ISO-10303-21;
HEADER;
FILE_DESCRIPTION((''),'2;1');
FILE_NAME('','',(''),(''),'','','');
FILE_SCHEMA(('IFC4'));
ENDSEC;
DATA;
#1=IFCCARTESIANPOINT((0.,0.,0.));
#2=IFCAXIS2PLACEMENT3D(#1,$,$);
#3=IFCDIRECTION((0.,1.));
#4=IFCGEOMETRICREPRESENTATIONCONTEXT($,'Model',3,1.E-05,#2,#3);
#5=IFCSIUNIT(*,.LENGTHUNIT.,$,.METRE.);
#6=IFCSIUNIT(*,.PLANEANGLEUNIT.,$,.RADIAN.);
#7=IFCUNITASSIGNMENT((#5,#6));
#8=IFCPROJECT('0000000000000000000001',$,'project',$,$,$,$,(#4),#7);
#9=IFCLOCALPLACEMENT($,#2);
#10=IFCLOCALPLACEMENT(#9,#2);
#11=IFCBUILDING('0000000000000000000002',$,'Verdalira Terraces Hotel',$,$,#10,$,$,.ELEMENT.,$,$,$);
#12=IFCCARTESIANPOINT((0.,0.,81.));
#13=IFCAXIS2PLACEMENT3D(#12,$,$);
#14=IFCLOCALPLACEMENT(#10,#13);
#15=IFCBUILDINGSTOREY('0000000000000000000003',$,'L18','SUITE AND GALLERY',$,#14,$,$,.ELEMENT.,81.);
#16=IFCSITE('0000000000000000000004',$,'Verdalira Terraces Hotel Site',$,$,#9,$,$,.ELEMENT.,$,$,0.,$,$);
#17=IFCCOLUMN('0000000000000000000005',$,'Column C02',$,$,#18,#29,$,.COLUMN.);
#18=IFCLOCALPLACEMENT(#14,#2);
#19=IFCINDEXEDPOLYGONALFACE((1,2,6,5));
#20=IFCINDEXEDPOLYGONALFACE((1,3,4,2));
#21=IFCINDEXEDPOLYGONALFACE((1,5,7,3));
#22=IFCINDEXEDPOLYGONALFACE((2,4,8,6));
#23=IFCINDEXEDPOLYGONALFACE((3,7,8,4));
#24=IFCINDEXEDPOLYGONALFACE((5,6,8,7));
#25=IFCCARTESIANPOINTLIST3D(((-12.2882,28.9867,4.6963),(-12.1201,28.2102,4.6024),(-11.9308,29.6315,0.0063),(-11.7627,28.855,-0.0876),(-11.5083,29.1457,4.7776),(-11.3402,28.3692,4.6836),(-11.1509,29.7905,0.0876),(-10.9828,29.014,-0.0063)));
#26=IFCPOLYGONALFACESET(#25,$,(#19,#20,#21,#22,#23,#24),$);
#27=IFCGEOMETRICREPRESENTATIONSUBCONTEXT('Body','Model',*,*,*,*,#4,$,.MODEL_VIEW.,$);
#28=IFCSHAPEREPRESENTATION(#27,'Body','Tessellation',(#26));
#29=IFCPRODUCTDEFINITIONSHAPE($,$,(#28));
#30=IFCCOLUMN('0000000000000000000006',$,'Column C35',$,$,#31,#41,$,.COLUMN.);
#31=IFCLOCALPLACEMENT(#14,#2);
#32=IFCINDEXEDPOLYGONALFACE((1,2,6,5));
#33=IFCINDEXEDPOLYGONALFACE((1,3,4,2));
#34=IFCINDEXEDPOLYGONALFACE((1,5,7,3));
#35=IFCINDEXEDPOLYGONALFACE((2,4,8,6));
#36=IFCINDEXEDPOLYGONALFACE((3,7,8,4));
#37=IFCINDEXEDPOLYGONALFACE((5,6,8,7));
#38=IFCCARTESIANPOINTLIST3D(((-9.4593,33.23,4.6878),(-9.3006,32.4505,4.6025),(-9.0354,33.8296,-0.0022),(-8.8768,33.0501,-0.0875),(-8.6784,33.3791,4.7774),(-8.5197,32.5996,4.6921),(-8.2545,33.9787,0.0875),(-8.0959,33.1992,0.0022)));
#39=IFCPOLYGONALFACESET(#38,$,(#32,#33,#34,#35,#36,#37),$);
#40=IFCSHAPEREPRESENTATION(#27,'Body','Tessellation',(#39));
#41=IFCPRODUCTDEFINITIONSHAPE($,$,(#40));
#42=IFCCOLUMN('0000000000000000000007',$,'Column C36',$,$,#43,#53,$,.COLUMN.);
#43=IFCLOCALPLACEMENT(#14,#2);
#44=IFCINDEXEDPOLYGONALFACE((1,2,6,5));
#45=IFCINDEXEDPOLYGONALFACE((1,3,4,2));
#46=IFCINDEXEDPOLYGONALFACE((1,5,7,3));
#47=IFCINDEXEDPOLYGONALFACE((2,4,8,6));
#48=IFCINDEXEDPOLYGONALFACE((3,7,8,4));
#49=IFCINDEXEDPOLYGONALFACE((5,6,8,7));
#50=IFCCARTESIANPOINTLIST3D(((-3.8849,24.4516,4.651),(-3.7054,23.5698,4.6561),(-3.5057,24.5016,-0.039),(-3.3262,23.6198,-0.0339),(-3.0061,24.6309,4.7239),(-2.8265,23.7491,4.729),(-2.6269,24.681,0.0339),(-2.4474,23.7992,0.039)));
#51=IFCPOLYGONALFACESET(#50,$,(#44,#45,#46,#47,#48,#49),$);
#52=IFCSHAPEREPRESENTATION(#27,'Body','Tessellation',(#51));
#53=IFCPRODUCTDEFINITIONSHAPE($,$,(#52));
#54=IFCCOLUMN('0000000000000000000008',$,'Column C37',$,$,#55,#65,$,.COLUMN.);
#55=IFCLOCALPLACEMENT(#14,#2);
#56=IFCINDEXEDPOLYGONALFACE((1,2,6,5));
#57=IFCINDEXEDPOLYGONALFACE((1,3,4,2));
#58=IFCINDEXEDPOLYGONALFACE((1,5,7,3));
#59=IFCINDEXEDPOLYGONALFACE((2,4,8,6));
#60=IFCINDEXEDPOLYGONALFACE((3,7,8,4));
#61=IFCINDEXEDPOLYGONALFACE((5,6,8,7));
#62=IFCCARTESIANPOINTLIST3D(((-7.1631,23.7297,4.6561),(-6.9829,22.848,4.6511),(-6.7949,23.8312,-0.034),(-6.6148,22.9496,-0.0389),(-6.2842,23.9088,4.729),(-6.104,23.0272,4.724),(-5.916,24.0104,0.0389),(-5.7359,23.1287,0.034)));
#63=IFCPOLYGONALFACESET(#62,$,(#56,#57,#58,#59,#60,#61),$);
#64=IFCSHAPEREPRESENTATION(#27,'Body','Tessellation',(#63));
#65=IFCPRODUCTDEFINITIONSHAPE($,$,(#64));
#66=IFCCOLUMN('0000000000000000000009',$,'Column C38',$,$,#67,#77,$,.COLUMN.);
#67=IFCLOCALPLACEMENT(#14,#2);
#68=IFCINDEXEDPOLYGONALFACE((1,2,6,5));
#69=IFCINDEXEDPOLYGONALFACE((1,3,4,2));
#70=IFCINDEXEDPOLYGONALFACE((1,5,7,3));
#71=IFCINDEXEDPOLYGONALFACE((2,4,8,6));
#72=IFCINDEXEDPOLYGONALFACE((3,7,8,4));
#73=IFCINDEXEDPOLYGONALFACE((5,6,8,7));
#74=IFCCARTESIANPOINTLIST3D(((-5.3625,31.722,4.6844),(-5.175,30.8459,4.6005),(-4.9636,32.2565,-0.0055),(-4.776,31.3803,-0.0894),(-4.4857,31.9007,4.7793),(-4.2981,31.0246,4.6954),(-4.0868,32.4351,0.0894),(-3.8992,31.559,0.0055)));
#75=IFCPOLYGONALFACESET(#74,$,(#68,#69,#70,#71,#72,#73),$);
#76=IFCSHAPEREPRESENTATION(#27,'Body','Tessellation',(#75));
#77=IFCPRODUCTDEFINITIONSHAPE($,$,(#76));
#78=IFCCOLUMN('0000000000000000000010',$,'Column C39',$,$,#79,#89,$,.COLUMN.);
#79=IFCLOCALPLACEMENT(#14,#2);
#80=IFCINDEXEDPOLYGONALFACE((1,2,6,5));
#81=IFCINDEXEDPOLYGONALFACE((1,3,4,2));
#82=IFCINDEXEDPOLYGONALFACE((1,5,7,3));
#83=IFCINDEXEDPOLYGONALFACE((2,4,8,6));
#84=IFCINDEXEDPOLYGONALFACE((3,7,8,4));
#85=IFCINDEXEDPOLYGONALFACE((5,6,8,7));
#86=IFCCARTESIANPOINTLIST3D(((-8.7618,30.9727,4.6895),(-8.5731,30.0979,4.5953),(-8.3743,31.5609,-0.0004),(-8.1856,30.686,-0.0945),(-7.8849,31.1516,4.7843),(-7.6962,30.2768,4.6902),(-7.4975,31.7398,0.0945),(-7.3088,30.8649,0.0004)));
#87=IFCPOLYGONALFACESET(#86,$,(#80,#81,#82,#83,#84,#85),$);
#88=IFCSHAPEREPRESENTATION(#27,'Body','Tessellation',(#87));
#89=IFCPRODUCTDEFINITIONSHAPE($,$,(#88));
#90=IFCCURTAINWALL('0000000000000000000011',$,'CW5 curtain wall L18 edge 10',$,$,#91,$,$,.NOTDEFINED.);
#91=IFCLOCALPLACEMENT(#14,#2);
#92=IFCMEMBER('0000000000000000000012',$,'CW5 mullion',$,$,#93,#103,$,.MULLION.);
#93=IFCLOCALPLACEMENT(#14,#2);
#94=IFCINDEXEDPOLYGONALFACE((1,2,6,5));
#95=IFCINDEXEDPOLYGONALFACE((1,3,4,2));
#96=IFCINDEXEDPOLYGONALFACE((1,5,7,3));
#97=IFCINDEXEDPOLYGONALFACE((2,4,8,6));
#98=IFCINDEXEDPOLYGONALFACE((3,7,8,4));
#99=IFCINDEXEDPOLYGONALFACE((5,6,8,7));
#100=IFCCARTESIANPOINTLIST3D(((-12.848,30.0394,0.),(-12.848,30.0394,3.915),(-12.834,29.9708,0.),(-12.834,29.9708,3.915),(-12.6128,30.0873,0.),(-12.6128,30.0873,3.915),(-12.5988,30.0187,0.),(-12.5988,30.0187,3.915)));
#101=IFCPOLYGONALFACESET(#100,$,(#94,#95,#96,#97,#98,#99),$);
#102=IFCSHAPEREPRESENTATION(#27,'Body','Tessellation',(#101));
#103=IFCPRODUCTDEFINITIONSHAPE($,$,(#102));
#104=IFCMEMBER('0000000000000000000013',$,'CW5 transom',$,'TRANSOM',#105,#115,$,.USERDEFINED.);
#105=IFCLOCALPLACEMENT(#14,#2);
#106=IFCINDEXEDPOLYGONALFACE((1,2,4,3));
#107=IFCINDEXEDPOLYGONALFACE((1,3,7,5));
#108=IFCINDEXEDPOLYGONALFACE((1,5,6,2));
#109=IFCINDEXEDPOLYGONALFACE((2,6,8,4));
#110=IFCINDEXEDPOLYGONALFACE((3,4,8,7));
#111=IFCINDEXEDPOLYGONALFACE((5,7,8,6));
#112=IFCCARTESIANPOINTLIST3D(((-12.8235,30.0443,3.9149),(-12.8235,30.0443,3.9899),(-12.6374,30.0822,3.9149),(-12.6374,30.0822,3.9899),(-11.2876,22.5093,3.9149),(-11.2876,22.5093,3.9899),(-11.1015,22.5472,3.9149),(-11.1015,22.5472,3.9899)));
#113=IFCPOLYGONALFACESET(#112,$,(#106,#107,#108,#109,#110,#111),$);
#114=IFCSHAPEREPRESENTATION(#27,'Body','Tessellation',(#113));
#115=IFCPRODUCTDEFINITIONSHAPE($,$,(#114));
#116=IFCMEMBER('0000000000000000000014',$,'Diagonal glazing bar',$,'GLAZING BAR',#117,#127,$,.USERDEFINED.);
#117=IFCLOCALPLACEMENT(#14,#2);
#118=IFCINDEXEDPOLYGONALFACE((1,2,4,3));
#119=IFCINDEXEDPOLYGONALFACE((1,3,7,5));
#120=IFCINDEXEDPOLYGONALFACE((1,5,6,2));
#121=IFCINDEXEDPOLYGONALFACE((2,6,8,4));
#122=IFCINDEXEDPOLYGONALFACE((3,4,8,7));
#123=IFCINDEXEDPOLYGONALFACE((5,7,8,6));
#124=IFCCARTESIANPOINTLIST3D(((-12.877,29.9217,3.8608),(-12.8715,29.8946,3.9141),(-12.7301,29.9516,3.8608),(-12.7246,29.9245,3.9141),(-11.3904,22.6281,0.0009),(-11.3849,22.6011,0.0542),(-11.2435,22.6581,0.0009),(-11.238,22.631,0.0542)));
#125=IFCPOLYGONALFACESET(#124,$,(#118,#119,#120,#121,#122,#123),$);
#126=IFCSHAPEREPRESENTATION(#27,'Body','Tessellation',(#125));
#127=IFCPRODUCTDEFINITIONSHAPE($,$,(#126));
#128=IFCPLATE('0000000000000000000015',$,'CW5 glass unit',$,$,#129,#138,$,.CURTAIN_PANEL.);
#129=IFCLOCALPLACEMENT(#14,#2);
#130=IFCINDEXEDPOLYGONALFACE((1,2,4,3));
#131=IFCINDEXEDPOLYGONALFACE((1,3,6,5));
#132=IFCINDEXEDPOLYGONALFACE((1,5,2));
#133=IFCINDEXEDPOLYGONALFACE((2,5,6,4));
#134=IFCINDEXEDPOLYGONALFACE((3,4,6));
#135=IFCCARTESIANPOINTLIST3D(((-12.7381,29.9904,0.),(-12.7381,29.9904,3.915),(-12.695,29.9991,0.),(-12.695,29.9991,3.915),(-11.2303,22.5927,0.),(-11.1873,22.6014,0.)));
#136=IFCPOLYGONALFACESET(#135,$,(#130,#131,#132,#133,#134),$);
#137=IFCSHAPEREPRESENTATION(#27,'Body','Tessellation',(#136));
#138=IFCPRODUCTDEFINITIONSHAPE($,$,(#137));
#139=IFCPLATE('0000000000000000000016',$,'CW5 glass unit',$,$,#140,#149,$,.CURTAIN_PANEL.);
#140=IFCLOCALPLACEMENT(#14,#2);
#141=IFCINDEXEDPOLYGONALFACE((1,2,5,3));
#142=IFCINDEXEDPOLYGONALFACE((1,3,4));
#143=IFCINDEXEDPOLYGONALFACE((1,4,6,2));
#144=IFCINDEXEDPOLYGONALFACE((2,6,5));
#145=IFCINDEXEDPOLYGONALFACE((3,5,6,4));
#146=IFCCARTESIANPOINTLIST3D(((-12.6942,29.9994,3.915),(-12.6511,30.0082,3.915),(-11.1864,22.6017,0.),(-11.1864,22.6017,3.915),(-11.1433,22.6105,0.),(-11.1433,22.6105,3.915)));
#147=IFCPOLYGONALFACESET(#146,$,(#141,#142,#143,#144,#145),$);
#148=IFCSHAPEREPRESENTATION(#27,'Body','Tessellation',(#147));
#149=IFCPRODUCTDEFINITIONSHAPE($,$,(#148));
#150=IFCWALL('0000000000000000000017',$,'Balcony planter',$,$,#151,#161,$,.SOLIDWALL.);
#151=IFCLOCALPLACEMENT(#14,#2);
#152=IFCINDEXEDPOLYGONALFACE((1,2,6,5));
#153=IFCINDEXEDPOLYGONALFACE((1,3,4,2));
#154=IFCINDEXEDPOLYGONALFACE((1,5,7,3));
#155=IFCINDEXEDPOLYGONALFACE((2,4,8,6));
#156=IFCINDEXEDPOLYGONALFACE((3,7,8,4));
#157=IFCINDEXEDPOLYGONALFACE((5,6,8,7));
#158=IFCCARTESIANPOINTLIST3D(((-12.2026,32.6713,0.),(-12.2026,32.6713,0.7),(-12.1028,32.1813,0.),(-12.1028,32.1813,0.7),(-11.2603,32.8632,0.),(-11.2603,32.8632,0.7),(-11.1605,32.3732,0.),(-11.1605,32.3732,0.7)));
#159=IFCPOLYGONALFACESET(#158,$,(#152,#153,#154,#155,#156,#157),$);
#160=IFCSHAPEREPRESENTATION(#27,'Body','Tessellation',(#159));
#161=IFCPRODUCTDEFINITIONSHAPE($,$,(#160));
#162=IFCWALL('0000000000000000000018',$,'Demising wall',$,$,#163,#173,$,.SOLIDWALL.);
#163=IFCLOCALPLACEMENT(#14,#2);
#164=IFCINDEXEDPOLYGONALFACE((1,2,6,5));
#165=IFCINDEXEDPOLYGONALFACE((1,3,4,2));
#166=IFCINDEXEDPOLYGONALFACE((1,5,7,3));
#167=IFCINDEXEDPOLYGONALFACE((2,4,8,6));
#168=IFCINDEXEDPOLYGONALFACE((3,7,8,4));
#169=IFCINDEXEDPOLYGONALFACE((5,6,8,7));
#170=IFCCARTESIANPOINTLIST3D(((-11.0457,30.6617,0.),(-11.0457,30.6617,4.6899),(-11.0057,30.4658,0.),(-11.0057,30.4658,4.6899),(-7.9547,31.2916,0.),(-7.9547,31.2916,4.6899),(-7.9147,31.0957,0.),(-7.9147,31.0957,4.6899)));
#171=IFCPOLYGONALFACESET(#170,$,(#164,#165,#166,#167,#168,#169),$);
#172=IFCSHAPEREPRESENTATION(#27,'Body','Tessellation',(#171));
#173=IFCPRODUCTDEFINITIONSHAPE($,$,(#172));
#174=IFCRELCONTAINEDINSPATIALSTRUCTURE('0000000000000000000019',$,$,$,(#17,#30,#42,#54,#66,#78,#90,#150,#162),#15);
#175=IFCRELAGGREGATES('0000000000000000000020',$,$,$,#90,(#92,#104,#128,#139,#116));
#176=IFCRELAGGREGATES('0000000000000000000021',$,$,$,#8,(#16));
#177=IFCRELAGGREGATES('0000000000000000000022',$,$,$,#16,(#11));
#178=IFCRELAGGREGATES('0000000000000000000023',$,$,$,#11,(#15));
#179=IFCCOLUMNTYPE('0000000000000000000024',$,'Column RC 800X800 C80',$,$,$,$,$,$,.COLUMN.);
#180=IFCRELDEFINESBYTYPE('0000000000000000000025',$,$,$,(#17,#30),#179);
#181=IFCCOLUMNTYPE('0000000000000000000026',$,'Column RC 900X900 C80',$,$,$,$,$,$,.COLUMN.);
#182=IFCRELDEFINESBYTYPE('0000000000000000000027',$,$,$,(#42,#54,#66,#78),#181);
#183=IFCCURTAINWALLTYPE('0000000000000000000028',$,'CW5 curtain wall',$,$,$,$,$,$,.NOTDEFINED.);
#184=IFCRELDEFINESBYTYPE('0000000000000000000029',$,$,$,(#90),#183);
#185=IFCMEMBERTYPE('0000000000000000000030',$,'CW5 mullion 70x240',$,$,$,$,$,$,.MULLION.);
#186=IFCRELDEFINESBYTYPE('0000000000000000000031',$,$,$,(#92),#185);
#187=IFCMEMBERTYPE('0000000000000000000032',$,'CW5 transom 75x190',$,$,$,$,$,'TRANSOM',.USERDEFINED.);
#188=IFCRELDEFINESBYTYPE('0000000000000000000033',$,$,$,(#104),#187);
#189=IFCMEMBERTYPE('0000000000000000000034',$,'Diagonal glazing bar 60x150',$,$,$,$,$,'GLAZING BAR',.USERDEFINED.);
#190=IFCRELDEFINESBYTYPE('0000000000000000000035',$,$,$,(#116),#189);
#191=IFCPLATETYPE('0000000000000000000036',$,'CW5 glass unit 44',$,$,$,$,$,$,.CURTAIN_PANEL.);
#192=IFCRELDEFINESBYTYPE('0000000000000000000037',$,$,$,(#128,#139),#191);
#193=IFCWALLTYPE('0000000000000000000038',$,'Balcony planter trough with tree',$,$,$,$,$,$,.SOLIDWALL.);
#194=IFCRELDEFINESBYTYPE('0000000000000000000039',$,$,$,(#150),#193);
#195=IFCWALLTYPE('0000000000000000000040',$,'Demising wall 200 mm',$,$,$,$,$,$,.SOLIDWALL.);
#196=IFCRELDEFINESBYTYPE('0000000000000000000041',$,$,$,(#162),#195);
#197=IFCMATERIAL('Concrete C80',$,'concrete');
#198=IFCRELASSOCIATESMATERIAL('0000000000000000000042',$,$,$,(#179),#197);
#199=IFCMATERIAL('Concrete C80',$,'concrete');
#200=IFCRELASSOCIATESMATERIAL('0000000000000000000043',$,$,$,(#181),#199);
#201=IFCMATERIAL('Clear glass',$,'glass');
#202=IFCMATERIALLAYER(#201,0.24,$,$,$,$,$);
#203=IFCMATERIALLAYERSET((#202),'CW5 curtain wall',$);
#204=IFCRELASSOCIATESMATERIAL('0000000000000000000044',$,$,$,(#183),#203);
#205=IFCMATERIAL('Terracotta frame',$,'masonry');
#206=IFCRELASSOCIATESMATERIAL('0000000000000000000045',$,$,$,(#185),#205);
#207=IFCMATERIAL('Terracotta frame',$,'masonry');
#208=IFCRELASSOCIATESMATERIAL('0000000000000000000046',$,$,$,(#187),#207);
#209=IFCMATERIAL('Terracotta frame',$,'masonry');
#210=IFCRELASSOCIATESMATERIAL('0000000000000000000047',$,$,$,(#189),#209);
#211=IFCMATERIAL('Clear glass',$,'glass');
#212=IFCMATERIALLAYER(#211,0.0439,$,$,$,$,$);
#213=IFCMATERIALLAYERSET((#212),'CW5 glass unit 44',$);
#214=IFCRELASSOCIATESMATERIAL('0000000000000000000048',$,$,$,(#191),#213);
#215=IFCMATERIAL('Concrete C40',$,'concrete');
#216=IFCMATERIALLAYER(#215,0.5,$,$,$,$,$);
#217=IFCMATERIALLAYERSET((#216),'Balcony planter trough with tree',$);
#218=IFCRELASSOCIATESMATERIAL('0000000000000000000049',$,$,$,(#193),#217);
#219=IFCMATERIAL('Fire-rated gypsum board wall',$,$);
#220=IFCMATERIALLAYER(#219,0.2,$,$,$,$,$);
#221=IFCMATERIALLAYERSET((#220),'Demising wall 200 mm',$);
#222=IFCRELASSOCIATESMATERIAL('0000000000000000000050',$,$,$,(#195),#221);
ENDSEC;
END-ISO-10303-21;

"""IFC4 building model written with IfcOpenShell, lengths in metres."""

from ifc_helpers import new_model, si_unit, direction, frame, frame_2d, origin, origin_2d, place, context, subcontext, project, spatial, polyline, rectangle, outline, extrude, material, layer, layer_set, material_profile, profile_set, type_object, element, aggregate, save


model = new_model("IFC4")

# Units and contexts
model_context = context("Model", 3, precision=1e-05, world=origin(), true_north=direction((0.0, 1.0)))
body_context = subcontext(model_context, "Body", "Model", "MODEL_VIEW")
ifc_project = project(units=[si_unit("LENGTHUNIT", "METRE"), si_unit("PLANEANGLEUNIT", "RADIAN")], contexts=[model_context])

# Site, building, storey
site_placement = place(None, origin())
site = spatial("IfcSite", under=ifc_project, at=site_placement, Name="Verdalira Terraces Hotel Site", CompositionType="ELEMENT", RefElevation=0.0)
building_placement = place(site_placement, origin())
building = spatial("IfcBuilding", under=site, at=building_placement, Name="Verdalira Terraces Hotel", CompositionType="ELEMENT")
storey_placement = place(building_placement, frame((0.0, 0.0, 81.0)))
storey = spatial("IfcBuildingStorey", under=building, at=storey_placement, Name="L18", Description="SUITE AND GALLERY", CompositionType="ELEMENT", Elevation=81.0)

# Columns
ifc_material_1 = material(Name="Concrete C80", Category="concrete")
ifc_material_profile_1 = material_profile(ifc_material_1, rectangle(XDim=0.8, YDim=0.8, at=origin_2d()), Name="RC 800X800")
ifc_profile_set_1 = profile_set([ifc_material_profile_1], Name="Concrete C80")
column_type_1 = type_object("IfcColumnType", Name="Column RC 800X800 C80", PredefinedType="COLUMN", material=ifc_profile_set_1)
column_1_placement = place(storey_placement, frame((-11.4568, 29.3228, 0.0), z_axis=(-0.075286, -0.135813, 0.98787), x_axis=(0.210129, -0.970596, -0.117424)))
element("IfcColumn", 1, at=column_1_placement, inside=storey, type_object=column_type_1, Name="Column C02", PredefinedType="COLUMN", context=body_context, shape_type="SweptSolid", body=[
    extrude(rectangle(XDim=0.8, YDim=0.8, at=origin_2d()), origin(), (0.0, 0.0, 1.0), 4.7476),
])
column_2_placement = place(storey_placement, frame((-8.5657, 33.5144, 0.0), z_axis=(-0.089282, -0.126311, 0.987965), x_axis=(-0.976068, -0.186384, -0.112036)))
element("IfcColumn", 2, at=column_2_placement, inside=storey, type_object=column_type_1, Name="Column C35", PredefinedType="COLUMN", context=body_context, shape_type="SweptSolid", body=[
    extrude(rectangle(XDim=0.8, YDim=0.8, at=origin_2d()), origin(), (0.0, 0.0, 1.0), 4.7471),
])
ifc_material_2 = material(Name="Concrete C80", Category="concrete")
ifc_material_profile_2 = material_profile(ifc_material_2, rectangle(XDim=0.8999, YDim=0.8999, at=origin_2d()), Name="RC 900X900")
ifc_profile_set_2 = profile_set([ifc_material_profile_2], Name="Concrete C80")
column_type_2 = type_object("IfcColumnType", Name="Column RC 900X900 C80", PredefinedType="COLUMN", material=ifc_profile_set_2)
for number, where, z_axis, x_axis, name in (
    (3, (-2.9766, 24.1504, 0.0), (-0.080576, -0.010636, 0.996692), (-0.199481, 0.979885, -0.00567), "Column C36"),
    (4, (-6.2654, 23.48, 0.0), (-0.078242, -0.021584, 0.996701), (-0.20017, 0.979746, 0.005503), "Column C37"),
):
    element("IfcColumn", number, at=place(storey_placement, frame(where, z_axis=z_axis, x_axis=x_axis)), inside=storey, type_object=column_type_2, Name=name, PredefinedType="COLUMN", context=body_context, shape_type="SweptSolid", body=[
        extrude(rectangle(XDim=0.8999, YDim=0.8999, at=origin_2d()), origin(), (0.0, 0.0, 1.0), 4.7056),
    ])
column_3_placement = place(storey_placement, frame((-4.4314, 31.9077, 0.0), z_axis=(-0.084213, -0.112816, 0.990041), x_axis=(-0.208446, 0.973582, 0.09321)))
element("IfcColumn", 5, at=column_3_placement, inside=storey, type_object=column_type_2, Name="Column C38", PredefinedType="COLUMN", context=body_context, shape_type="SweptSolid", body=[
    extrude(rectangle(XDim=0.8999, YDim=0.8999, at=origin_2d()), origin(), (0.0, 0.0, 1.0), 4.7371),
])
column_4_placement = place(storey_placement, frame((-7.8416, 31.2129, 0.0), z_axis=(-0.081697, -0.124013, 0.988912), x_axis=(-0.209678, 0.972161, 0.10459)))
element("IfcColumn", 6, at=column_4_placement, inside=storey, type_object=column_type_2, Name="Column C39", PredefinedType="COLUMN", context=body_context, shape_type="SweptSolid", body=[
    extrude(rectangle(XDim=0.8999, YDim=0.8999, at=origin_2d()), origin(), (0.0, 0.0, 1.0), 4.7424),
])

# Curtain wall, members, plates
ifc_material_3 = material(Name="Clear glass", Category="glass")
ifc_layer_1 = layer(ifc_material_3, 0.24)
ifc_layer_set_1 = layer_set([ifc_layer_1], Name="CW5 curtain wall")
curtain_wall_type = type_object("IfcCurtainWallType", Name="CW5 curtain wall", PredefinedType="NOTDEFINED", material=ifc_layer_set_1)
curtain_wall_placement = place(storey_placement, origin())
curtain_wall = element("IfcCurtainWall", 7, at=curtain_wall_placement, inside=storey, type_object=curtain_wall_type, Name="CW5 curtain wall L18 edge 10", PredefinedType="NOTDEFINED")
ifc_material_4 = material(Name="Terracotta frame", Category="masonry")
ifc_material_profile_3 = material_profile(ifc_material_4, rectangle(XDim=0.0701, YDim=0.24, at=origin_2d()), Name="MU 70x240")
ifc_profile_set_3 = profile_set([ifc_material_profile_3], Name="Terracotta frame")
member_type_1 = type_object("IfcMemberType", Name="CW5 mullion 70x240", PredefinedType="MULLION", material=ifc_profile_set_3)
member_1_placement = place(storey_placement, frame((-12.7234, 30.0291, 0.0), z_axis=(0.0, 0.0, 1.0), x_axis=(0.19971, -0.979855, 0.0)))
member_1 = element("IfcMember", 8, at=member_1_placement, type_object=member_type_1, Name="CW5 mullion", PredefinedType="MULLION", context=body_context, shape_type="SweptSolid", body=[
    extrude(rectangle(XDim=0.0701, YDim=0.24, at=origin_2d()), origin(), (0.0, 0.0, 1.0), 3.915),
])
ifc_material_5 = material(Name="Terracotta frame", Category="masonry")
ifc_material_profile_4 = material_profile(ifc_material_5, rectangle(XDim=0.1899, YDim=0.075, at=origin_2d()), Name="TR 75x190")
ifc_profile_set_4 = profile_set([ifc_material_profile_4], Name="Terracotta frame")
member_type_2 = type_object("IfcMemberType", Name="CW5 transom 75x190", ElementType="TRANSOM", PredefinedType="USERDEFINED", material=ifc_profile_set_4)
member_2_placement = place(storey_placement, frame((-12.7305, 30.0632, 3.9524), z_axis=(0.199729, -0.979851, 0.0), x_axis=(0.979851, 0.199729, 0.0)))
member_2 = element("IfcMember", 9, at=member_2_placement, type_object=member_type_2, Name="CW5 transom", ObjectType="TRANSOM", PredefinedType="USERDEFINED", context=body_context, shape_type="SweptSolid", body=[
    extrude(rectangle(XDim=0.1899, YDim=0.075, at=origin_2d()), origin(), (0.0, 0.0, 1.0), 7.6899),
])
ifc_material_6 = material(Name="Terracotta frame", Category="masonry")
ifc_material_profile_5 = material_profile(ifc_material_6, rectangle(XDim=0.1499, YDim=0.0601, at=origin_2d()), Name="GB 60x150")
ifc_profile_set_5 = profile_set([ifc_material_profile_5], Name="Terracotta frame")
member_type_3 = type_object("IfcMemberType", Name="Diagonal glazing bar 60x150", ElementType="GLAZING BAR", PredefinedType="USERDEFINED", material=ifc_profile_set_5)
member_3_placement = place(storey_placement, frame((-12.8008, 29.9231, 3.8875), z_axis=(0.177296, -0.869855, -0.460347), x_axis=(0.979854, 0.199716, 0.0)))
member_3 = element("IfcMember", 10, at=member_3_placement, type_object=member_type_3, Name="Diagonal glazing bar", ObjectType="GLAZING BAR", PredefinedType="USERDEFINED", context=body_context, shape_type="SweptSolid", body=[
    extrude(rectangle(XDim=0.1499, YDim=0.0601, at=origin_2d()), origin(), (0.0, 0.0, 1.0), 8.3848),
])
ifc_material_7 = material(Name="Clear glass", Category="glass")
ifc_layer_2 = layer(ifc_material_7, 0.0439)
ifc_layer_set_2 = layer_set([ifc_layer_2], Name="CW5 glass unit 44")
plate_type = type_object("IfcPlateType", Name="CW5 glass unit 44", PredefinedType="CURTAIN_PANEL", material=ifc_layer_set_2)
plate_1_placement = place(storey_placement, frame((-11.9412, 26.3003, 1.9575), z_axis=(-0.979855, -0.19971, 0.0), x_axis=(0.19971, -0.979855, 0.0)))
plate_1 = element("IfcPlate", 11, at=plate_1_placement, type_object=plate_type, Name="CW5 glass unit", PredefinedType="CURTAIN_PANEL", context=body_context, shape_type="SweptSolid", body=[
    extrude(outline(polyline([(-3.7749, -1.9575), (3.7749, -1.9575), (-3.7749, 1.9575), (-3.7749, -1.9575)])), origin(), (0.0, 0.0, 1.0), 0.0439),
])
plate_2_placement = place(storey_placement, frame((-11.8972, 26.3093, 1.9575), z_axis=(-0.979855, -0.19971, 0.0), x_axis=(0.19971, -0.979855, 0.0)))
plate_2 = element("IfcPlate", 12, at=plate_2_placement, type_object=plate_type, Name="CW5 glass unit", PredefinedType="CURTAIN_PANEL", context=body_context, shape_type="SweptSolid", body=[
    extrude(outline(polyline([(3.7749, -1.9575), (3.7749, 1.9575), (-3.7749, 1.9575), (3.7749, -1.9575)])), origin(), (0.0, 0.0, 1.0), 0.0439),
])
aggregate(curtain_wall, [member_1, member_2, plate_1, plate_2, member_3])

# Walls
ifc_material_8 = material(Name="Concrete C40", Category="concrete")
ifc_layer_3 = layer(ifc_material_8, 0.5)
ifc_layer_set_3 = layer_set([ifc_layer_3], Name="Balcony planter trough with tree")
wall_type_1 = type_object("IfcWallType", Name="Balcony planter trough with tree", PredefinedType="SOLIDWALL", material=ifc_layer_set_3)
wall_1_placement = place(storey_placement, frame((-12.1528, 32.4263, 0.0), z_axis=(0.0, 0.0, 1.0), x_axis=(0.979891, 0.199532, 0.0)))
element("IfcWall", 13, at=wall_1_placement, inside=storey, type_object=wall_type_1, Name="Balcony planter", PredefinedType="SOLIDWALL", context=body_context, shape_type="SweptSolid", body=[
    extrude(rectangle(XDim=0.9617, YDim=0.5, at=frame_2d((0.481, 0.0))), origin(), (0.0, 0.0, 1.0), 0.7),
])
ifc_material_9 = material(Name="Fire-rated gypsum board wall")
ifc_layer_4 = layer(ifc_material_9, 0.2)
ifc_layer_set_4 = layer_set([ifc_layer_4], Name="Demising wall 200 mm")
wall_type_2 = type_object("IfcWallType", Name="Demising wall 200 mm", PredefinedType="SOLIDWALL", material=ifc_layer_set_4)
wall_2_placement = place(storey_placement, frame((-7.9348, 31.1936, 0.0), z_axis=(0.0, 0.0, 1.0), x_axis=(-0.979863, -0.199672, 0.0)))
element("IfcWall", 14, at=wall_2_placement, inside=storey, type_object=wall_type_2, Name="Demising wall", PredefinedType="SOLIDWALL", context=body_context, shape_type="SweptSolid", body=[
    extrude(rectangle(XDim=3.1545, YDim=0.2, at=frame_2d((1.5771, 0.0))), origin(), (0.0, 0.0, 1.0), 4.6899),
])

save(model, "model.ifc")
